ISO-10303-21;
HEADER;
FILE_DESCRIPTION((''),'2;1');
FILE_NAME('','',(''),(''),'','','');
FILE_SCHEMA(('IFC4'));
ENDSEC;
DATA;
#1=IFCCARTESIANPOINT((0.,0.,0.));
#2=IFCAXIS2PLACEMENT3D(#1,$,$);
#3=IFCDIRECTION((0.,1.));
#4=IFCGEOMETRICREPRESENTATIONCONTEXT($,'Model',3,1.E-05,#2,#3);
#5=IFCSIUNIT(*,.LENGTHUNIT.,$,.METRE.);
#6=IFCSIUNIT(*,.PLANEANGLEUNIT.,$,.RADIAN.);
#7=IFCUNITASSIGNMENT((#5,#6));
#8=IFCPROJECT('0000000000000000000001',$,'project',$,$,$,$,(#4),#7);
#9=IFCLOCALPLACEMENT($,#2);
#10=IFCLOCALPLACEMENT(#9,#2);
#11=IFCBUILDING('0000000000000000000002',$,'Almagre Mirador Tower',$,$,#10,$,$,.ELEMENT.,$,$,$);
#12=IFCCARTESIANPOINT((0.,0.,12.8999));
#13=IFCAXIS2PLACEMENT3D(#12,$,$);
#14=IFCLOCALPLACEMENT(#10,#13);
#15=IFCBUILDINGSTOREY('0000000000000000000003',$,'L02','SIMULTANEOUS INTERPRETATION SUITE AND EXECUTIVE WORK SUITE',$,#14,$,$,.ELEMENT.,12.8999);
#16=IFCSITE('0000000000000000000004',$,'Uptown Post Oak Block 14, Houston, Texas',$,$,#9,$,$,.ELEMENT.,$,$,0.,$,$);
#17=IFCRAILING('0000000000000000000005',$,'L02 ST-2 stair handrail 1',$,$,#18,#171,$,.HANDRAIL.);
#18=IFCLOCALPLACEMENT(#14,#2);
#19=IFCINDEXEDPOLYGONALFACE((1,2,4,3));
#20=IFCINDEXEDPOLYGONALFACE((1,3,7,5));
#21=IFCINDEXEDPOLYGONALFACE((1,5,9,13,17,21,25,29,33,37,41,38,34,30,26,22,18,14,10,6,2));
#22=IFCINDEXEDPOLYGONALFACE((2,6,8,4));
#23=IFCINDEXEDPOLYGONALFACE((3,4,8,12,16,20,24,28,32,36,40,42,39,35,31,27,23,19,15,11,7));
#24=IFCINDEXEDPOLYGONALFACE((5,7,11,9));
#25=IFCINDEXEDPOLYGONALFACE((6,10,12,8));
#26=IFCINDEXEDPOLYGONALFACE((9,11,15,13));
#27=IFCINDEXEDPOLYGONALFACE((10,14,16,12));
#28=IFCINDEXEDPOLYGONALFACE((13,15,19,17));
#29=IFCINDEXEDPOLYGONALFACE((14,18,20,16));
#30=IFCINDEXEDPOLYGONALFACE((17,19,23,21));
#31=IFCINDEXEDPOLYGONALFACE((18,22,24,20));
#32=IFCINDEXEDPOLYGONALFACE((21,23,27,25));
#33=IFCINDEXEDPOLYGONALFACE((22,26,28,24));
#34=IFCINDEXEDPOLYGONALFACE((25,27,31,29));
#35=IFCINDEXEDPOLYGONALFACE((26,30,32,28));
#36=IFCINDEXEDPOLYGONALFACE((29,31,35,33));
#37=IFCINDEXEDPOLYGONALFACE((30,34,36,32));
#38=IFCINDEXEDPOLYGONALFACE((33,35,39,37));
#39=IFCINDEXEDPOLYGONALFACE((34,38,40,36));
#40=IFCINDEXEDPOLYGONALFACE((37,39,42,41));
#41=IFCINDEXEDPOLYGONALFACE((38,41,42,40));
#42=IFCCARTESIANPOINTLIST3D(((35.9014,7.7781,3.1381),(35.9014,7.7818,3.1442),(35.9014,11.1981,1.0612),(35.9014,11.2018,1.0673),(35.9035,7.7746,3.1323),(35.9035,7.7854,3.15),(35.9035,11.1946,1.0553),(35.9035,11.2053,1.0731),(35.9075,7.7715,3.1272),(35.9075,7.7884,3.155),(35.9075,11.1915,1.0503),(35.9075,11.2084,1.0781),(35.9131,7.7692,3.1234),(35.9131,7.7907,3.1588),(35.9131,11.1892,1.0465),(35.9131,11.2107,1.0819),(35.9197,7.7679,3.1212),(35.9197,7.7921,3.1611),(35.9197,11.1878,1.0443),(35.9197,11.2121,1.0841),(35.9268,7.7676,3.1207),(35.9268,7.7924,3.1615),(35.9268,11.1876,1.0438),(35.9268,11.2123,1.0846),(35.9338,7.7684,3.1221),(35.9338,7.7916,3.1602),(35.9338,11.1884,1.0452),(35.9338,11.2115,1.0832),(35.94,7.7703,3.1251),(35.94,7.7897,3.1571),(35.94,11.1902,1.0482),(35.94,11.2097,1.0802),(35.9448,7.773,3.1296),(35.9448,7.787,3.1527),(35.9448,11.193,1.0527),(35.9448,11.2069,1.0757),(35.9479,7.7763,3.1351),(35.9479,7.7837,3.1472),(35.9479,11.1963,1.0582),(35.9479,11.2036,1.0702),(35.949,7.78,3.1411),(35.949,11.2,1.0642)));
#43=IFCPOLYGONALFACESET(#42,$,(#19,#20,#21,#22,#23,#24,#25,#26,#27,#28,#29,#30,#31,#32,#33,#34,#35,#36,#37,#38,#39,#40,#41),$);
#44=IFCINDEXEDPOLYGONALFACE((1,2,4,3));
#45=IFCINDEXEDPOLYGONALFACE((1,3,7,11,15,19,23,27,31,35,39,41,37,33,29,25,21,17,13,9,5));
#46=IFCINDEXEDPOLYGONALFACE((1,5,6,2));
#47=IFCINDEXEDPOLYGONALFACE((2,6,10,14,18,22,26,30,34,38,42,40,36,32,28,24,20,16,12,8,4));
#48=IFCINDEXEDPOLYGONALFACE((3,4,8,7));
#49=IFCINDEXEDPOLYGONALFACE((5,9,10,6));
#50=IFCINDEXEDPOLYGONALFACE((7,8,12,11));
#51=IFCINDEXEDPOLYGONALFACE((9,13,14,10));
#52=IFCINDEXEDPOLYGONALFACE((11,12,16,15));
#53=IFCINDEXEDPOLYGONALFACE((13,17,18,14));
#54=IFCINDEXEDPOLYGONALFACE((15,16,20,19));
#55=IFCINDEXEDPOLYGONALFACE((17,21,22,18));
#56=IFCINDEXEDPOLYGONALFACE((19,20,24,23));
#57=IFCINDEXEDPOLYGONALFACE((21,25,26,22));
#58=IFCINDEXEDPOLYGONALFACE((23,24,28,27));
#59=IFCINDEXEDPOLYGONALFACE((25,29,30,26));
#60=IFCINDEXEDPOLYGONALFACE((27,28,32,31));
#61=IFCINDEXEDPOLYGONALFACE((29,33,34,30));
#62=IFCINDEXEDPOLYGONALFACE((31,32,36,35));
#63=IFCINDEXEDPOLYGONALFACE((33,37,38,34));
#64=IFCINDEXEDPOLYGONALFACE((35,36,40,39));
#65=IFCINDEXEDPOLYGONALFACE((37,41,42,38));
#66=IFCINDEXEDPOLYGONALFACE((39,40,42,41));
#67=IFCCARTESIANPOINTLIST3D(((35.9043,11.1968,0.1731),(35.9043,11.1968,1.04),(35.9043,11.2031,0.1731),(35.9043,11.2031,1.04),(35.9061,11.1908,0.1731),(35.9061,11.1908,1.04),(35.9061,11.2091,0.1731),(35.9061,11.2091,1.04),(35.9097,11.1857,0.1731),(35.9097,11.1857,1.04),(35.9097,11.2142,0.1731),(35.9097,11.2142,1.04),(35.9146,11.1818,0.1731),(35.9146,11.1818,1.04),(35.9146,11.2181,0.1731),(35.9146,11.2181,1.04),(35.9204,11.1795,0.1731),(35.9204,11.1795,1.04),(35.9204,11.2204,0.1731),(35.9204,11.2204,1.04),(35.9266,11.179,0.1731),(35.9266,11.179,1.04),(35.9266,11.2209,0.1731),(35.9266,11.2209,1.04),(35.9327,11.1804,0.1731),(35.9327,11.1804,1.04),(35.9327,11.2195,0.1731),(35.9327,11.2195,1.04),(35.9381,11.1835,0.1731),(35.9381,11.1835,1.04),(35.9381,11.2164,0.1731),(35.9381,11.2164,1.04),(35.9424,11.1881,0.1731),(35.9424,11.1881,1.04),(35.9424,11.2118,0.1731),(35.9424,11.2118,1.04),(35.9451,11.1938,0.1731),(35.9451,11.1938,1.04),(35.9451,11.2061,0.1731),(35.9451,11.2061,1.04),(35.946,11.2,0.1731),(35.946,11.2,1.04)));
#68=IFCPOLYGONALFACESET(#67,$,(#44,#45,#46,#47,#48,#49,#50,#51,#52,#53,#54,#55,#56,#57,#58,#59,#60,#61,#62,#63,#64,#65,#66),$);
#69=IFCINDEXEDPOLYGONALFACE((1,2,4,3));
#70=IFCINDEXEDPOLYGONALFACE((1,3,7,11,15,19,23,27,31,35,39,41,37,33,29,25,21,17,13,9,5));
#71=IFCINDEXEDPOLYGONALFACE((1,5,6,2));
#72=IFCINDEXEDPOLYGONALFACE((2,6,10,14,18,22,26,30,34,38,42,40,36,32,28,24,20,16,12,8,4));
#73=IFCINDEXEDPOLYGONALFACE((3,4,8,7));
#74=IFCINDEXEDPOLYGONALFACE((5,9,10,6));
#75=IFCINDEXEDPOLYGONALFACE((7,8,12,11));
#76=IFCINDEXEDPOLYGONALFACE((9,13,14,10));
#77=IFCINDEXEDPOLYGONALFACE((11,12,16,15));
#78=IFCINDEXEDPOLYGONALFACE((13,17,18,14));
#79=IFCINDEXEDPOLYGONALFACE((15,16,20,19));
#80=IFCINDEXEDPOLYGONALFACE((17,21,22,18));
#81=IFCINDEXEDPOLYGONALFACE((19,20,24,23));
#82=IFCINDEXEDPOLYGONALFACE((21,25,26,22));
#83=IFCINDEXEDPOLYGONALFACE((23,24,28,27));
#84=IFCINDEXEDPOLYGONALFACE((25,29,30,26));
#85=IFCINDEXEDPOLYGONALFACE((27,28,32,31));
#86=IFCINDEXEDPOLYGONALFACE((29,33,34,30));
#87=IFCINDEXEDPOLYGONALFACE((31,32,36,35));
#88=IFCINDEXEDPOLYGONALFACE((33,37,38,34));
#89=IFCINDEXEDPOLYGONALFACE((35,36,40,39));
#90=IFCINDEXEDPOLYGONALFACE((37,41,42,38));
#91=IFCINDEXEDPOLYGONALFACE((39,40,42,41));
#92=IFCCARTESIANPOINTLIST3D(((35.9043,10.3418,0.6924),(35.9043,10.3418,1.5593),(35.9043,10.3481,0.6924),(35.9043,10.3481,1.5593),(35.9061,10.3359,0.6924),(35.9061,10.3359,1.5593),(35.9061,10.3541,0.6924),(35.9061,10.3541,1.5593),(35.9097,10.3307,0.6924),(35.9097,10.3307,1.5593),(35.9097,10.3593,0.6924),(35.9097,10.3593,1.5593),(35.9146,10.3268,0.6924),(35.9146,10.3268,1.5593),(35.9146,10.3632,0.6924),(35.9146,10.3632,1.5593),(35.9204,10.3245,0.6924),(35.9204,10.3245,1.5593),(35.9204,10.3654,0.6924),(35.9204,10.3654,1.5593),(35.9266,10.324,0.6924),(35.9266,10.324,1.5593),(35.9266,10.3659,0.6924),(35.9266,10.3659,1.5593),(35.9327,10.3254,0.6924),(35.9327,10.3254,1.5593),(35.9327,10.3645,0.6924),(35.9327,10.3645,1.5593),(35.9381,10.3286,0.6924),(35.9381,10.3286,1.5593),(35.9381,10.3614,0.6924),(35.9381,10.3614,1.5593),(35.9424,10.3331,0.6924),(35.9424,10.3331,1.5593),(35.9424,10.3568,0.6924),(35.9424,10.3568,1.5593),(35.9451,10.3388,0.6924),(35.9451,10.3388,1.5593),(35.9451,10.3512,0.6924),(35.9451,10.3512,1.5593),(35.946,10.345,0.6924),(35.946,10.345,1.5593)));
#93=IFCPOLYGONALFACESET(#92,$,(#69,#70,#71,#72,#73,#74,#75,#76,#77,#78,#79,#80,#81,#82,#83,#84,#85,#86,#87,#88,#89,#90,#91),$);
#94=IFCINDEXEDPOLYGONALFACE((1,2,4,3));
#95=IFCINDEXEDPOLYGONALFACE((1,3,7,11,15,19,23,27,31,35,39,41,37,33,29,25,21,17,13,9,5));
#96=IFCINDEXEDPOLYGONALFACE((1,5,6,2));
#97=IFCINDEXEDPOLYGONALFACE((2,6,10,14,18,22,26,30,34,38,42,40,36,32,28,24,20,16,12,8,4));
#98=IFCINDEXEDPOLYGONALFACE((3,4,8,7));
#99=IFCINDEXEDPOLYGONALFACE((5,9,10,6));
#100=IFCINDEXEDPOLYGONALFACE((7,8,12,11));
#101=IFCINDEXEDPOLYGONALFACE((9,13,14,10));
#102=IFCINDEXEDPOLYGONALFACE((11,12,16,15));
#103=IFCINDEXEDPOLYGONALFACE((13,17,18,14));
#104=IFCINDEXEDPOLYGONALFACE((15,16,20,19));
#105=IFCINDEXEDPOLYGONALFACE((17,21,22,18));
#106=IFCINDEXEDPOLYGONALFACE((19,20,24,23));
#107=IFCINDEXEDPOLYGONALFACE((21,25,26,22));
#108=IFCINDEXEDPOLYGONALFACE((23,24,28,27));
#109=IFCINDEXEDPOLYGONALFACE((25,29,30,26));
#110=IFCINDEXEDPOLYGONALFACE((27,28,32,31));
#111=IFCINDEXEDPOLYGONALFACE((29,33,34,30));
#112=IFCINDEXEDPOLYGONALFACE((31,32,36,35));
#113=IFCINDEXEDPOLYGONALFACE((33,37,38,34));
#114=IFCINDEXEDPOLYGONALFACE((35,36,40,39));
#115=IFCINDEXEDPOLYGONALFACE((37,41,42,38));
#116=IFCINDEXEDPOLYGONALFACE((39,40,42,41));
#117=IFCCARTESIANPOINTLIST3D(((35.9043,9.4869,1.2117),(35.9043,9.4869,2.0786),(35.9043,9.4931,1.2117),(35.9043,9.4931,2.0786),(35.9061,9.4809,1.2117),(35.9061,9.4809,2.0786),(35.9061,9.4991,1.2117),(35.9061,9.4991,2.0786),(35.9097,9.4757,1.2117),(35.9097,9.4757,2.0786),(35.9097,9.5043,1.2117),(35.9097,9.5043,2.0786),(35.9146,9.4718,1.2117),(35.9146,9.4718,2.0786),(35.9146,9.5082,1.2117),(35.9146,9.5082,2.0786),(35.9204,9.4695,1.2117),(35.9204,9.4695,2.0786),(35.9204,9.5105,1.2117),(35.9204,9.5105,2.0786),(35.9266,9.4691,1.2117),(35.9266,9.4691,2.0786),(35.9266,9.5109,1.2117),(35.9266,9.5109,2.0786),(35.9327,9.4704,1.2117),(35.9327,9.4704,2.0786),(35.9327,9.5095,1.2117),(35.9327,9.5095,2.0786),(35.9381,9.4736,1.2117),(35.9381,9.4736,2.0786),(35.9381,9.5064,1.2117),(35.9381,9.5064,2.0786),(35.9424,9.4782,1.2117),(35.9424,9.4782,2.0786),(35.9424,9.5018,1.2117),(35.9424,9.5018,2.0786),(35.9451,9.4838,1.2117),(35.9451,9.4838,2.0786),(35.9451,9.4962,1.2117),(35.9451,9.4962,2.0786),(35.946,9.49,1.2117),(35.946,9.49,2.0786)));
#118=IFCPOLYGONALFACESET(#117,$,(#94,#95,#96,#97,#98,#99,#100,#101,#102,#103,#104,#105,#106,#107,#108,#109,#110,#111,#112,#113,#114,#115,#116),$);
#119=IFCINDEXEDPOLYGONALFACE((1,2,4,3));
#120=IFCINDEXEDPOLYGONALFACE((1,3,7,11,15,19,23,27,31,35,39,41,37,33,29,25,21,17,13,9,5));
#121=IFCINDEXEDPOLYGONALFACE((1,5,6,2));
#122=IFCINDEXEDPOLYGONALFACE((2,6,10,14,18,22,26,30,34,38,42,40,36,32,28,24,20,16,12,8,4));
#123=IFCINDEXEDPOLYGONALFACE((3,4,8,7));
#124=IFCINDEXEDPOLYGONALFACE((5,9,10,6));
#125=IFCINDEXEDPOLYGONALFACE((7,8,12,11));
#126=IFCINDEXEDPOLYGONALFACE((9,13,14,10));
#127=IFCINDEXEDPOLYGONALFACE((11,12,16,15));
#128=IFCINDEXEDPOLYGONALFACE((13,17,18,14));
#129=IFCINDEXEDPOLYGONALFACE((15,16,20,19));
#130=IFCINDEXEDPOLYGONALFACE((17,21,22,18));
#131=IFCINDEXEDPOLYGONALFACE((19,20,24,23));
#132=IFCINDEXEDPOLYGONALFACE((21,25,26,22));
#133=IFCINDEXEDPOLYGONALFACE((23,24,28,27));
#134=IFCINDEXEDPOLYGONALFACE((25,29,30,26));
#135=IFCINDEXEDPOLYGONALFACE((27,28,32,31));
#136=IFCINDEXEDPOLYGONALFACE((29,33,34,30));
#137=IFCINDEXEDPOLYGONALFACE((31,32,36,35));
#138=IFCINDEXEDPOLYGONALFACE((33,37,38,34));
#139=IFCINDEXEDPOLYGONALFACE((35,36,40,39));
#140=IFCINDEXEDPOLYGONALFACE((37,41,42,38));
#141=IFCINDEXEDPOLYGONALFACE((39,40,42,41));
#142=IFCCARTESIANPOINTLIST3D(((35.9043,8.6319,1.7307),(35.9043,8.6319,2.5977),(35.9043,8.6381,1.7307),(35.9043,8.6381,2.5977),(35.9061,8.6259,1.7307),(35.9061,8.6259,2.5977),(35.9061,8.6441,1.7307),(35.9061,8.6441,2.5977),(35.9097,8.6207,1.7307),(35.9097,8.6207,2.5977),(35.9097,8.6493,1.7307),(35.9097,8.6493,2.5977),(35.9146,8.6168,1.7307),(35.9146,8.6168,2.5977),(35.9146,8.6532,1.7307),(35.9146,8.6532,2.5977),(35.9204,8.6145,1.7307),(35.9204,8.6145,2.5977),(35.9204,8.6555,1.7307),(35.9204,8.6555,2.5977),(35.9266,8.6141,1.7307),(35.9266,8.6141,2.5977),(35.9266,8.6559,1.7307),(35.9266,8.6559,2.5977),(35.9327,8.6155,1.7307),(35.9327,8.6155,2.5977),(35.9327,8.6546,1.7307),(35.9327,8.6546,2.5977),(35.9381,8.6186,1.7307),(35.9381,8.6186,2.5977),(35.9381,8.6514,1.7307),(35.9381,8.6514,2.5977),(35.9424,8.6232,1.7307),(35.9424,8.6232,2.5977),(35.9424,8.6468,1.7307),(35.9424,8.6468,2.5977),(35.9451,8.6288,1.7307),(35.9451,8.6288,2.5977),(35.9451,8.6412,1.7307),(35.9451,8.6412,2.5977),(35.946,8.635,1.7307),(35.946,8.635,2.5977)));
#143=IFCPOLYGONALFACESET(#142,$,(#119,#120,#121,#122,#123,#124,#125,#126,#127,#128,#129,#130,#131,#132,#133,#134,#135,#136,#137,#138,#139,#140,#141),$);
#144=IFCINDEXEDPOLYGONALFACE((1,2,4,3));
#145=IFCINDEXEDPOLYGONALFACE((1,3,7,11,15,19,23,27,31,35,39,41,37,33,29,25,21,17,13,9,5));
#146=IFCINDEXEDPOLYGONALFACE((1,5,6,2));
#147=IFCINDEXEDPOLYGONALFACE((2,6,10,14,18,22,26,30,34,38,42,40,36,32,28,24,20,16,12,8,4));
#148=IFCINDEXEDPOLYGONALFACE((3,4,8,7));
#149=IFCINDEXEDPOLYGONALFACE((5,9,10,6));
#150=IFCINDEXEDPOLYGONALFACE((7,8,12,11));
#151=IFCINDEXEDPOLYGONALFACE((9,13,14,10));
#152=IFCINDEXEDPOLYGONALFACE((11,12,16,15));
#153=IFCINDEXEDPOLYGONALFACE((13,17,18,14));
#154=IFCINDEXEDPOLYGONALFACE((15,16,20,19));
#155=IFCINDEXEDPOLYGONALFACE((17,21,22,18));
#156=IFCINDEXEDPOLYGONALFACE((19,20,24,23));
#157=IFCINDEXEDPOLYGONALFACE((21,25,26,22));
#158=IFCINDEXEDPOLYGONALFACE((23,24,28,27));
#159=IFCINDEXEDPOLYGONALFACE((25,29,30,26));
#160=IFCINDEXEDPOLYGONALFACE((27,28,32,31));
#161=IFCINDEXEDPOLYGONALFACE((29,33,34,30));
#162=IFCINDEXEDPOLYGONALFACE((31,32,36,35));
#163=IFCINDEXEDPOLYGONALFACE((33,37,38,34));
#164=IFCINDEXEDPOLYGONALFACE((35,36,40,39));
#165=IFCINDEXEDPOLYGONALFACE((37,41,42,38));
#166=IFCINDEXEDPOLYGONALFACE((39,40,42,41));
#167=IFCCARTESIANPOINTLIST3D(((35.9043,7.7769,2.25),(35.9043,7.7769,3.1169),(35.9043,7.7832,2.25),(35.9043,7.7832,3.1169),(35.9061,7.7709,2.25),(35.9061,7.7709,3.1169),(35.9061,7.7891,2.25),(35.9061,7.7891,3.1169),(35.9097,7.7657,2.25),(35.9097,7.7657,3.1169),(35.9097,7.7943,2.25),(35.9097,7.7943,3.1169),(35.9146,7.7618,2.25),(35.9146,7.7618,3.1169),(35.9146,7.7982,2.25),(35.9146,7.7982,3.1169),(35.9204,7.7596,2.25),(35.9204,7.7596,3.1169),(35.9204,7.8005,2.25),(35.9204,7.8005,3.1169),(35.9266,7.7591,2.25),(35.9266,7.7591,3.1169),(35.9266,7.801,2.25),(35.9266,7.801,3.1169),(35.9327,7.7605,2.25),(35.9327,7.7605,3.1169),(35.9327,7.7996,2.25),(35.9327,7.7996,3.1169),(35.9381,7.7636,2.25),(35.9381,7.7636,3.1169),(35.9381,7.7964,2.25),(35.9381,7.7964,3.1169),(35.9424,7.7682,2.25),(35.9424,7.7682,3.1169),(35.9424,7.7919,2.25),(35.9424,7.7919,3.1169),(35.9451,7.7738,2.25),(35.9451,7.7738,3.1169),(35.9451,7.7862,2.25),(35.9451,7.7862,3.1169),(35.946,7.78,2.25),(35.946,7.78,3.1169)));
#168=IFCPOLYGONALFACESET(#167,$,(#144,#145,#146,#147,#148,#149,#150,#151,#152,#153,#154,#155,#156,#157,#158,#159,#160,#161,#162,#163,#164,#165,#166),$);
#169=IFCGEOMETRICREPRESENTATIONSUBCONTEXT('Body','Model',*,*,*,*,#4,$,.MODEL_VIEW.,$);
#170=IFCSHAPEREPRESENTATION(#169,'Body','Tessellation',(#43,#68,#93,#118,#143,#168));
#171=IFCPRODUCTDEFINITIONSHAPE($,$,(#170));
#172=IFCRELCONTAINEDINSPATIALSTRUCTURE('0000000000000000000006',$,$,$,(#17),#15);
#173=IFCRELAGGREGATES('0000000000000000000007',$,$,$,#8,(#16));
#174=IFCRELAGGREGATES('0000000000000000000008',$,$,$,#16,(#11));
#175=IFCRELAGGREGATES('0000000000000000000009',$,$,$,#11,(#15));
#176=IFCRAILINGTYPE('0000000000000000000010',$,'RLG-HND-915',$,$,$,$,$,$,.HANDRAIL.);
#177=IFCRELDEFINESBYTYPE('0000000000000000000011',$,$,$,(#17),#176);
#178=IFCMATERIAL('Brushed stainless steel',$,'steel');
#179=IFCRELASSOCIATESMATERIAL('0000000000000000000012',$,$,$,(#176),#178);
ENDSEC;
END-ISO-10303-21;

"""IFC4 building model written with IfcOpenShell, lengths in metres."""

from ifc_helpers import new_model, si_unit, direction, frame, origin, origin_2d, place, context, subcontext, project, spatial, circle, extrude, material, type_object, element, save


model = new_model("IFC4")

# Units and contexts
model_context = context("Model", 3, precision=1e-05, world=origin(), true_north=direction((0.0, 1.0)))
body_context = subcontext(model_context, "Body", "Model", "MODEL_VIEW")
ifc_project = project(units=[si_unit("LENGTHUNIT", "METRE"), si_unit("PLANEANGLEUNIT", "RADIAN")], contexts=[model_context])

# Site, building, storey
site_placement = place(None, origin())
site = spatial("IfcSite", under=ifc_project, at=site_placement, Name="Uptown Post Oak Block 14, Houston, Texas", CompositionType="ELEMENT", RefElevation=0.0)
building_placement = place(site_placement, origin())
building = spatial("IfcBuilding", under=site, at=building_placement, Name="Almagre Mirador Tower", CompositionType="ELEMENT")
storey_placement = place(building_placement, frame((0.0, 0.0, 12.8999)))
storey = spatial("IfcBuildingStorey", under=building, at=storey_placement, Name="L02", Description="SIMULTANEOUS INTERPRETATION SUITE AND EXECUTIVE WORK SUITE", CompositionType="ELEMENT", Elevation=12.8999)

# Railing
ifc_material_1 = material(Name="Brushed stainless steel", Category="steel")
railing_type_1 = type_object("IfcRailingType", Name="RLG-HND-915", PredefinedType="HANDRAIL", material=ifc_material_1)
railing_1_placement = place(storey_placement, frame((35.925, 11.2, 0.1731)))
element("IfcRailing", 1, at=railing_1_placement, inside=storey, type_object=railing_type_1, Name="L02 ST-2 stair handrail 1", PredefinedType="HANDRAIL", context=body_context, shape_type="SweptSolid", body=[
    extrude(circle(Radius=0.0239, at=origin_2d()), frame((0.0, 0.0, 0.8911), z_axis=(0.0, -0.85473, 0.519074), x_axis=(1.0, 0.0, 0.0)), (0.0, 0.0, 1.0), 4.0012),
    extrude(circle(Radius=0.021, at=origin_2d()), origin(), (0.0, 0.0, 1.0), 0.8669),
    extrude(circle(Radius=0.021, at=origin_2d()), frame((0.0, -0.855, 0.5193)), (0.0, 0.0, 1.0), 0.8669),
    extrude(circle(Radius=0.021, at=origin_2d()), frame((0.0, -1.71, 1.0386)), (0.0, 0.0, 1.0), 0.8669),
    extrude(circle(Radius=0.021, at=origin_2d()), frame((0.0, -2.5649, 1.5576)), (0.0, 0.0, 1.0), 0.8669),
    extrude(circle(Radius=0.021, at=origin_2d()), frame((0.0, -3.4199, 2.0769)), (0.0, 0.0, 1.0), 0.8669),
])

save(model, "model.ifc")
